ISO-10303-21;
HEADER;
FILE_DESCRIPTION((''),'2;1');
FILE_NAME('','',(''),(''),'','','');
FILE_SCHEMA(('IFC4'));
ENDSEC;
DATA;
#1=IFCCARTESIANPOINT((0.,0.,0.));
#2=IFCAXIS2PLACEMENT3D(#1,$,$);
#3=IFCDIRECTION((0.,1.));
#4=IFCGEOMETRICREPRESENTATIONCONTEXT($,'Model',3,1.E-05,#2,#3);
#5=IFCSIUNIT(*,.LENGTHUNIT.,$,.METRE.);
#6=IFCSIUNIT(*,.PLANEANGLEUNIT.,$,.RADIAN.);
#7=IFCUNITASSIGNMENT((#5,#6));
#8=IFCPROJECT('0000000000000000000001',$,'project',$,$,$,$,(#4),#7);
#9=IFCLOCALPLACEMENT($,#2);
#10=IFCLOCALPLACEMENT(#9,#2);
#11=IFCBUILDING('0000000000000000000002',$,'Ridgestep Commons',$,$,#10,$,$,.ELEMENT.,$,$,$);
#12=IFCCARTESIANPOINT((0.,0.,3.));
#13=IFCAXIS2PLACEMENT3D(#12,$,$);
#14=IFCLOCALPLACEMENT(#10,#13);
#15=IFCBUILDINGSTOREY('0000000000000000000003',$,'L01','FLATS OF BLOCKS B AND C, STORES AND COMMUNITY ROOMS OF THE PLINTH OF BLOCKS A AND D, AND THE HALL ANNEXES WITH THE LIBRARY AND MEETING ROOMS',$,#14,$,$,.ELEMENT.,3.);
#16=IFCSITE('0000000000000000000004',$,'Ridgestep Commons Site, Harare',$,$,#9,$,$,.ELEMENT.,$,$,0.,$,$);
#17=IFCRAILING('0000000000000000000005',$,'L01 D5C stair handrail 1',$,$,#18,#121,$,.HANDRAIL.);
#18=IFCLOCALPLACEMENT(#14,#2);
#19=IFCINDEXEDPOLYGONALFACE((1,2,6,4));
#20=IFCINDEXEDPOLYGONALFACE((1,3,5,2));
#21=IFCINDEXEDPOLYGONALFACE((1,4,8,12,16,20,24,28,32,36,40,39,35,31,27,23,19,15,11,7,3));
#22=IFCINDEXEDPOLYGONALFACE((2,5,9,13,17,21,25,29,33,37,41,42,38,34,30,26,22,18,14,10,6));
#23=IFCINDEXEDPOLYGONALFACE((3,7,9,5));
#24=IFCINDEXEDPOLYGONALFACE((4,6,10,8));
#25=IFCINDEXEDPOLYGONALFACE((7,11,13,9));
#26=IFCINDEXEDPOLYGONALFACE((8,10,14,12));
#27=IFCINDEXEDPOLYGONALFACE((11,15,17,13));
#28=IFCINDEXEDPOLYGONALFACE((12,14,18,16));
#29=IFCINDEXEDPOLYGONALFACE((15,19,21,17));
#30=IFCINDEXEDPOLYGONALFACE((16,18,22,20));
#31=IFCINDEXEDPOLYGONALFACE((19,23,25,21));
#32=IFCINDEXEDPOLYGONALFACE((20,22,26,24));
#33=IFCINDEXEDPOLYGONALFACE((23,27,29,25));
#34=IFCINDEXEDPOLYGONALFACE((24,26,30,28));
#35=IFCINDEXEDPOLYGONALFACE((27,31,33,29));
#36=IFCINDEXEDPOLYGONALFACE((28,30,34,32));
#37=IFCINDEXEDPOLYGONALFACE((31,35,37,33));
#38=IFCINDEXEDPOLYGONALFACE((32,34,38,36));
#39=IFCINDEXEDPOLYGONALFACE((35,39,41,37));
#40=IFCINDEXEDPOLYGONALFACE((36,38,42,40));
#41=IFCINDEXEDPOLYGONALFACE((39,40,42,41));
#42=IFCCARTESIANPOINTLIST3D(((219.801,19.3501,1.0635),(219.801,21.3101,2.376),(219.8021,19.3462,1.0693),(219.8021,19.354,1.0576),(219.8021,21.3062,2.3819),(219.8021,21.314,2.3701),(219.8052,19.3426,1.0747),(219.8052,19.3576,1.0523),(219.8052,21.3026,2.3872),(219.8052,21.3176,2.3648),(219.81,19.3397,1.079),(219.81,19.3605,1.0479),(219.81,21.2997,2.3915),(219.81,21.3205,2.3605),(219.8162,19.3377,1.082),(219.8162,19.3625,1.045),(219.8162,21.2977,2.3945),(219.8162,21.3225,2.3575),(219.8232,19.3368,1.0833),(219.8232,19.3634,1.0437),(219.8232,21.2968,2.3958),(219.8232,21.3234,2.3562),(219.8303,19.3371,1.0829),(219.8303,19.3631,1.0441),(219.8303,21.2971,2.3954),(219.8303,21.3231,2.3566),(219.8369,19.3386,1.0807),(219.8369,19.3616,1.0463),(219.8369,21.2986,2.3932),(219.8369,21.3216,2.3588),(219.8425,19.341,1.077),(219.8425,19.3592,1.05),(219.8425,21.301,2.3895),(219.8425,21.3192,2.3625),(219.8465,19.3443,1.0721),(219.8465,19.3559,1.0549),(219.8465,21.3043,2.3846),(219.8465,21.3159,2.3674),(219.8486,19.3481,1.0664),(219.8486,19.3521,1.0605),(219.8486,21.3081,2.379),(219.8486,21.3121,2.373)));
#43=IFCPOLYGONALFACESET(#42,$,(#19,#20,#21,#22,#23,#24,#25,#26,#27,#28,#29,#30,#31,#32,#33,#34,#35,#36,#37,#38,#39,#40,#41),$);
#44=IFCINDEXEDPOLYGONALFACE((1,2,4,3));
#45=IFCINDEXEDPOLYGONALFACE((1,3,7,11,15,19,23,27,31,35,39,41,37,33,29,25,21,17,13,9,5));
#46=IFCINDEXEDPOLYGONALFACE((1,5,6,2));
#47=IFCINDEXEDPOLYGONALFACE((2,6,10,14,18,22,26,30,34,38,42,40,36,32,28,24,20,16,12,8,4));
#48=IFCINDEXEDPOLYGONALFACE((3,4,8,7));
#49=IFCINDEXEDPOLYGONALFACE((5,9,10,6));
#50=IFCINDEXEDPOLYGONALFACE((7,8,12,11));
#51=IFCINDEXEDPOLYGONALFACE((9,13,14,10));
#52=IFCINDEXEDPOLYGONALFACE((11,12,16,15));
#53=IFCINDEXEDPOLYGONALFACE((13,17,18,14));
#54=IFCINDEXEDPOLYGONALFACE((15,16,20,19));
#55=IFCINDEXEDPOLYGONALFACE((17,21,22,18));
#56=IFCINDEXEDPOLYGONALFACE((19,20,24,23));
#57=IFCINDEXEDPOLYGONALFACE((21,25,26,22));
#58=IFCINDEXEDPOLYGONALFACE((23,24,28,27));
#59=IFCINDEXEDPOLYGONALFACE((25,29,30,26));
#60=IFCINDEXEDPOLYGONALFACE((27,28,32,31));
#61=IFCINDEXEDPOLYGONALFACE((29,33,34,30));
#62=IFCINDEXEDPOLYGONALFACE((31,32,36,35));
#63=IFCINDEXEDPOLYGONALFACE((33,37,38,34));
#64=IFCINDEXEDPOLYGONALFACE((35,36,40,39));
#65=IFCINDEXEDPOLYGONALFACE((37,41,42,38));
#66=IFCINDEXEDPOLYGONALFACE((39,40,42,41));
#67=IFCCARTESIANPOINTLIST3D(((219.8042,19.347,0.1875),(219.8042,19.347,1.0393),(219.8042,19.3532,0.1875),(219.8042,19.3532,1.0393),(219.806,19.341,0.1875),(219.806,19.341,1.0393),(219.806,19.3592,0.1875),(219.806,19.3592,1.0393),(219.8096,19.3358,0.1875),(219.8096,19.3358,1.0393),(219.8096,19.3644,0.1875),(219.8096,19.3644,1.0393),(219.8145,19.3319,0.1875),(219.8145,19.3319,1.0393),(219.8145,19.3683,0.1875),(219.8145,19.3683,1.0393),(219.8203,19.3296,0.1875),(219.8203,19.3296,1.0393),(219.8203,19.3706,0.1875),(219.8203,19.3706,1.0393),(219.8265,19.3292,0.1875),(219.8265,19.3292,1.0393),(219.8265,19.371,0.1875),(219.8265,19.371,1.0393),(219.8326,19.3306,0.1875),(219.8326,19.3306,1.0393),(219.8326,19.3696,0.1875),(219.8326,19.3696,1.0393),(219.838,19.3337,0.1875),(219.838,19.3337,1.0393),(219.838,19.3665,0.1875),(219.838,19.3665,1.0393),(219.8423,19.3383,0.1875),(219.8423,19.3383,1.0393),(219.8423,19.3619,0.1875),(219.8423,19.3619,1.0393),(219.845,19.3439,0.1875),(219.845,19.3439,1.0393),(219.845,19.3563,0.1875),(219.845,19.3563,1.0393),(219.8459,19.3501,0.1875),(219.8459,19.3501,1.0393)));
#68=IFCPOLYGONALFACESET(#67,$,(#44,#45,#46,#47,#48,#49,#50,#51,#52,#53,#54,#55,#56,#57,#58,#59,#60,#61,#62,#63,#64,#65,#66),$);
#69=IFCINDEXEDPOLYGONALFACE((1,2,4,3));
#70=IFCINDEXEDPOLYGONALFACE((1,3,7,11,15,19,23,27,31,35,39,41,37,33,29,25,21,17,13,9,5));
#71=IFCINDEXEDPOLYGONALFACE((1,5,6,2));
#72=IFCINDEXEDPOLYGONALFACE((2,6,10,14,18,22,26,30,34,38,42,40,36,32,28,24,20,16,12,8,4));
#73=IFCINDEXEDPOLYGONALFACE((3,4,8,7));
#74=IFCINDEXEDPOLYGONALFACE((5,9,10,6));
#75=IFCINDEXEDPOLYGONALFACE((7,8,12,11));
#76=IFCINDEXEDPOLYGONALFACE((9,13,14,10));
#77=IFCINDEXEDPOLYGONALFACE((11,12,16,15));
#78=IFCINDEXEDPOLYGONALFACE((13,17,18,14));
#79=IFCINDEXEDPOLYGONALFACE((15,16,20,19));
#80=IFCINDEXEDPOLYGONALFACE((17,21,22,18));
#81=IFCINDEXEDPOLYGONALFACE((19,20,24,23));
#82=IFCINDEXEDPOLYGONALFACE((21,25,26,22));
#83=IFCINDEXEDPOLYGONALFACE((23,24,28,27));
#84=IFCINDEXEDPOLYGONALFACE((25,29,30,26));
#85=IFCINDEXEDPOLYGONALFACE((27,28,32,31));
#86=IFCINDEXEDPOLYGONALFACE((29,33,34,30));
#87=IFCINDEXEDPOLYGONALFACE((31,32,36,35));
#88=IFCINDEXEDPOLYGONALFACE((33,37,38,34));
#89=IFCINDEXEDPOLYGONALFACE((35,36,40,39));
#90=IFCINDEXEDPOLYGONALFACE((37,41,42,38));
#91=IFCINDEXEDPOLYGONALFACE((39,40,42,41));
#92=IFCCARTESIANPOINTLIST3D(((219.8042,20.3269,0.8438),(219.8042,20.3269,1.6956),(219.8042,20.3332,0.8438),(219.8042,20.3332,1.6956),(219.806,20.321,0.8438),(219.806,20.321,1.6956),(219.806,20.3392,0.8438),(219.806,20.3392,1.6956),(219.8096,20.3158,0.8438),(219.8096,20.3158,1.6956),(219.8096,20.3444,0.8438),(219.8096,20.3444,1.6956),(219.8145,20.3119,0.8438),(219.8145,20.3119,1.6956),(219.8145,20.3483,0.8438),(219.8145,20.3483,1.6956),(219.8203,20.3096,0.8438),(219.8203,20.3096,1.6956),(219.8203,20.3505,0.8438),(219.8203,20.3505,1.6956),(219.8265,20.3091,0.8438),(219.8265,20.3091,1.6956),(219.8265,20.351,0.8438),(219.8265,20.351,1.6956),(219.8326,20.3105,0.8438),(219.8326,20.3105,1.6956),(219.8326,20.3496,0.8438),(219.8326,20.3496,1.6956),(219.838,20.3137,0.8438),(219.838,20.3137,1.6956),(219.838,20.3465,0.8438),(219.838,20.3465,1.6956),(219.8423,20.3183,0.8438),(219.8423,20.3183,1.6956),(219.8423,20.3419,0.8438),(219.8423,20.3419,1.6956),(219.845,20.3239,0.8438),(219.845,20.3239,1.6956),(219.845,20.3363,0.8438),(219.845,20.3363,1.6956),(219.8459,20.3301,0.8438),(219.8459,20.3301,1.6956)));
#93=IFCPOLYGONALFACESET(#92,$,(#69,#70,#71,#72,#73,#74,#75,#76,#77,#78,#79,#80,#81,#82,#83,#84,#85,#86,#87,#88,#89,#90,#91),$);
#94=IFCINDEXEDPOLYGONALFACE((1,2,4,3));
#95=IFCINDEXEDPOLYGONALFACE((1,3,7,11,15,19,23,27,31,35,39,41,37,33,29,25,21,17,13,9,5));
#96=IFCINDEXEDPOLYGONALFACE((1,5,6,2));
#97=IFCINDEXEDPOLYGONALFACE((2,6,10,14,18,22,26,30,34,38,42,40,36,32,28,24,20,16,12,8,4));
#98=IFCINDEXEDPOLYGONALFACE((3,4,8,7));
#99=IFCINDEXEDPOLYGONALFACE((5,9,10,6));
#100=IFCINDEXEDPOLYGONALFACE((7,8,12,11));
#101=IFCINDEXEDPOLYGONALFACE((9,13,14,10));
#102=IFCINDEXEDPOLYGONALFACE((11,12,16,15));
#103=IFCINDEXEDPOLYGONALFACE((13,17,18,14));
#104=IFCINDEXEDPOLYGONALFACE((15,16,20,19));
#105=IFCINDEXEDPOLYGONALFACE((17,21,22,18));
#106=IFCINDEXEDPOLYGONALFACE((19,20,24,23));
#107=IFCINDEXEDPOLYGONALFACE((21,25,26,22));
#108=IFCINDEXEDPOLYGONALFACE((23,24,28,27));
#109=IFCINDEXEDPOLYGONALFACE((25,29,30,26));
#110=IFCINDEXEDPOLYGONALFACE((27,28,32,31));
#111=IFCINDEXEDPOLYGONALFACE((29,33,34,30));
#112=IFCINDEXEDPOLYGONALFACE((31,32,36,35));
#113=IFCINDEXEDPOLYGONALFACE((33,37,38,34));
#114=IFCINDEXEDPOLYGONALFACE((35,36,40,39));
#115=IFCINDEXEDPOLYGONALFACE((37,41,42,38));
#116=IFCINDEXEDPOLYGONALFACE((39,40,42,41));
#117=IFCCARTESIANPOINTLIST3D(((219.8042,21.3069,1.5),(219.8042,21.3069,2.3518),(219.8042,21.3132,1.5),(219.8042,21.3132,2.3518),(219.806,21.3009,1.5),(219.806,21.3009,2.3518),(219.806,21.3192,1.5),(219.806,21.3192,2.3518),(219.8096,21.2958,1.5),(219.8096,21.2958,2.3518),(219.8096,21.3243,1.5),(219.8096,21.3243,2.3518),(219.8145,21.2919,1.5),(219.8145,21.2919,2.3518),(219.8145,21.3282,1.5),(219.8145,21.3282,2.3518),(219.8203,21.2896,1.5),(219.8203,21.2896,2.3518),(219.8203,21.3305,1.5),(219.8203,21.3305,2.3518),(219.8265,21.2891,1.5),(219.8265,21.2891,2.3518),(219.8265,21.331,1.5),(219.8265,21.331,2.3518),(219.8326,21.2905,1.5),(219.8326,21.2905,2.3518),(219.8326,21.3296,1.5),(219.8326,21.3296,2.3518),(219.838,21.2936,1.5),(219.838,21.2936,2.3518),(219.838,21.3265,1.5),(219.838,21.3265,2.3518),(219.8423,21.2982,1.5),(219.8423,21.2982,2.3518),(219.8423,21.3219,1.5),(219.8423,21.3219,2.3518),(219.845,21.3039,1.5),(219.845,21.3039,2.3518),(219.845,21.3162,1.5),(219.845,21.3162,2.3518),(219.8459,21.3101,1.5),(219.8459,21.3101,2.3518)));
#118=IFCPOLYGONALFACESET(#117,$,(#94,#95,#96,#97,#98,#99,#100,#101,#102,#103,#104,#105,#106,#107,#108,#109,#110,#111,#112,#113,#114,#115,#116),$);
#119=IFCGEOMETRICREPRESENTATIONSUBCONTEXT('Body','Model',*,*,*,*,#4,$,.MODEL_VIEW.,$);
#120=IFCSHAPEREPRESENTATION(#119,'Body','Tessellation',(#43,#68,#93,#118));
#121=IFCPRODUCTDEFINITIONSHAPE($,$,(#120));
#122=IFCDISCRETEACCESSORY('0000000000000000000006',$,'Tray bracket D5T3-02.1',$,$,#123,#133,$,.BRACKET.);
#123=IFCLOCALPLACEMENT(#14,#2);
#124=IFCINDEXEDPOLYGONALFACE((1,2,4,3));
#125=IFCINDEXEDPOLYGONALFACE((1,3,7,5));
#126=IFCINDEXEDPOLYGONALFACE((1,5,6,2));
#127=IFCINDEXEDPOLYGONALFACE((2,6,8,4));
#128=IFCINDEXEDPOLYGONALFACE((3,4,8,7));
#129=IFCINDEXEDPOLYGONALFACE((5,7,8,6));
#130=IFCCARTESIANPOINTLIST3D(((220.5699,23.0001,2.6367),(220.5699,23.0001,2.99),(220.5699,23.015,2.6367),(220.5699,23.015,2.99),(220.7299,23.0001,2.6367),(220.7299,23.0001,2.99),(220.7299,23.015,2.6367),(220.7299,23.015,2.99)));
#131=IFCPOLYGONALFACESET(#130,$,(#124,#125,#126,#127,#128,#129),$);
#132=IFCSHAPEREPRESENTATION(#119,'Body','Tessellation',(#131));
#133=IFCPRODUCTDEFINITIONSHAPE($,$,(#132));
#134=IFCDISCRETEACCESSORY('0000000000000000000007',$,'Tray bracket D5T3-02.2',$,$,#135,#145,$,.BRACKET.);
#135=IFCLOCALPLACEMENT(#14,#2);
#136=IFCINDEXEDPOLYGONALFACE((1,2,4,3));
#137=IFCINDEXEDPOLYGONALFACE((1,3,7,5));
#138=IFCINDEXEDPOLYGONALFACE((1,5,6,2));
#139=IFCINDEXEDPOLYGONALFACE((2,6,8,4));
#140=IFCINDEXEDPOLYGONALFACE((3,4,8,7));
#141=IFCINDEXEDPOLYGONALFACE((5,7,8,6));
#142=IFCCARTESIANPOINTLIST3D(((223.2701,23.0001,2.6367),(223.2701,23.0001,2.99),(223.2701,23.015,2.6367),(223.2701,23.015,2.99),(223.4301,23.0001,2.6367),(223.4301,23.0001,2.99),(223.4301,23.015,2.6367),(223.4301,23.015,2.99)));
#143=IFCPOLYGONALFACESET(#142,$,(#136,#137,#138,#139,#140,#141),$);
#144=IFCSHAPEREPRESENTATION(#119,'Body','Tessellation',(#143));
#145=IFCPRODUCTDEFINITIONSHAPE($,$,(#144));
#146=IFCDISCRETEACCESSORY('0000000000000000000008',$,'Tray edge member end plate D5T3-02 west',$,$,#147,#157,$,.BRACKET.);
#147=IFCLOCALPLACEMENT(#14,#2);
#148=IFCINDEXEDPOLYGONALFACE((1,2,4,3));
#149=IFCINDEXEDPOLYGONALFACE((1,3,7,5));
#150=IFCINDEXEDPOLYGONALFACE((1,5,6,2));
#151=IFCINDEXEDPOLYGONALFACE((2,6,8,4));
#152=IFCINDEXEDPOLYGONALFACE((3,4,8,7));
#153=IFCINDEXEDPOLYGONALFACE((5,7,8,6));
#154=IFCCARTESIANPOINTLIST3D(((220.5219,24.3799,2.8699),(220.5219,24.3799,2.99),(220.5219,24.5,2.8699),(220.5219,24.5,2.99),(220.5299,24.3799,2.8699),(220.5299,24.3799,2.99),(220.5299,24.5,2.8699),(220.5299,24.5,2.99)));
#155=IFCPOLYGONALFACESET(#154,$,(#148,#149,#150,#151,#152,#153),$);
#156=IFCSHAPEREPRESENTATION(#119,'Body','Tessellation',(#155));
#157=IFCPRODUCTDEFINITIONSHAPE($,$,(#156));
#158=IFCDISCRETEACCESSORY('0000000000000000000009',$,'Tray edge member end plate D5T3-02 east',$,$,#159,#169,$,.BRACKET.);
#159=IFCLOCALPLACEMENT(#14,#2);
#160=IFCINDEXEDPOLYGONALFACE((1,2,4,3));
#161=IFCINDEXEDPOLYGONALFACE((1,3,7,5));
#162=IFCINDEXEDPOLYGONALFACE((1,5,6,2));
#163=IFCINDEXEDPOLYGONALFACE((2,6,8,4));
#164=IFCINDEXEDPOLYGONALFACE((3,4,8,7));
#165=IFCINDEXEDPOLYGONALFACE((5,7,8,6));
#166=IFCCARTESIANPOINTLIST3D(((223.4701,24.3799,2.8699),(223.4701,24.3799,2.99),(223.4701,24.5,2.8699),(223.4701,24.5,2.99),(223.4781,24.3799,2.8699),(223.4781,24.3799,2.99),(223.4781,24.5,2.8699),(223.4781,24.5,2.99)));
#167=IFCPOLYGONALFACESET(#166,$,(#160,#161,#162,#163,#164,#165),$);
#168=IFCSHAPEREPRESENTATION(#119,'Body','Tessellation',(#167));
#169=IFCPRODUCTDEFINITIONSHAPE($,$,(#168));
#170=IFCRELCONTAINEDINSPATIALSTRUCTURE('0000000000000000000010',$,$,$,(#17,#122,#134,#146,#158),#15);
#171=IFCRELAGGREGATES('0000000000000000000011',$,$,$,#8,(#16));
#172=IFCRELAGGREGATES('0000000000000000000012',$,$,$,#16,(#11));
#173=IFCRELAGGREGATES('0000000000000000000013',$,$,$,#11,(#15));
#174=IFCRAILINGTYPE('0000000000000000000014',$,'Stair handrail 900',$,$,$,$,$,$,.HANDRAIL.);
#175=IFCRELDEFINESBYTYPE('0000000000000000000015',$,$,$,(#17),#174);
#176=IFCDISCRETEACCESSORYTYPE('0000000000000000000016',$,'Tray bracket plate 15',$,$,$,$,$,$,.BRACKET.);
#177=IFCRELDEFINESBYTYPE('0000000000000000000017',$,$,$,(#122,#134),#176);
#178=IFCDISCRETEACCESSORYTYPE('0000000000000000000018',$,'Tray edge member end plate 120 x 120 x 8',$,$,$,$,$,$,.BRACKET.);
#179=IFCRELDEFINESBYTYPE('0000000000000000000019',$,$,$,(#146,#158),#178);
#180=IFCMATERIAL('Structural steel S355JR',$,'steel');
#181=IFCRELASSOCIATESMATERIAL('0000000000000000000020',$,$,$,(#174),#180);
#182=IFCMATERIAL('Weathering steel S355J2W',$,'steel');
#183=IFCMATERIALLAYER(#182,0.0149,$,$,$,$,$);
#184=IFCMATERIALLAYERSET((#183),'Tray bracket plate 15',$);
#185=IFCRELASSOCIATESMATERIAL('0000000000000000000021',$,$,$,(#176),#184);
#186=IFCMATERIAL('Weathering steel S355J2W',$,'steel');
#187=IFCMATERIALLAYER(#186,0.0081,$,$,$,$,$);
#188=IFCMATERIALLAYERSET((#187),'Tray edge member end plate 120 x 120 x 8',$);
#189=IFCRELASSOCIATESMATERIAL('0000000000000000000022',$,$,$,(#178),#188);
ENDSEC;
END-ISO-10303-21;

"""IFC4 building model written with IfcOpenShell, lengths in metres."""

from ifc_helpers import new_model, si_unit, direction, frame, origin, origin_2d, place, context, subcontext, project, spatial, rectangle, circle, extrude, material, layer, layer_set, type_object, element, save


model = new_model("IFC4")

# Units and contexts
model_context = context("Model", 3, precision=1e-05, world=origin(), true_north=direction((0.0, 1.0)))
body_context = subcontext(model_context, "Body", "Model", "MODEL_VIEW")
ifc_project = project(units=[si_unit("LENGTHUNIT", "METRE"), si_unit("PLANEANGLEUNIT", "RADIAN")], contexts=[model_context])

# Site, building, storey
site_placement = place(None, origin())
site = spatial("IfcSite", under=ifc_project, at=site_placement, Name="Ridgestep Commons Site, Harare", CompositionType="ELEMENT", RefElevation=0.0)
building_placement = place(site_placement, origin())
building = spatial("IfcBuilding", under=site, at=building_placement, Name="Ridgestep Commons", CompositionType="ELEMENT")
storey_placement = place(building_placement, frame((0.0, 0.0, 3.0)))
storey = spatial("IfcBuildingStorey", under=building, at=storey_placement, Name="L01", Description="FLATS OF BLOCKS B AND C, STORES AND COMMUNITY ROOMS OF THE PLINTH OF BLOCKS A AND D, AND THE HALL ANNEXES WITH THE LIBRARY AND MEETING ROOMS", CompositionType="ELEMENT", Elevation=3.0)

# Railing
ifc_material_1 = material(Name="Structural steel S355JR", Category="steel")
railing_type_1 = type_object("IfcRailingType", Name="Stair handrail 900", PredefinedType="HANDRAIL", material=ifc_material_1)
railing_1_placement = place(storey_placement, frame((219.825, 19.3501, 0.1875)))
element("IfcRailing", 1, at=railing_1_placement, inside=storey, type_object=railing_type_1, Name="L01 D5C stair handrail 1", PredefinedType="HANDRAIL", context=body_context, shape_type="SweptSolid", body=[
    extrude(circle(Radius=0.0239, at=origin_2d()), frame((0.0, 0.0, 0.876), z_axis=(0.0, 0.830902, 0.556419), x_axis=(-1.0, 0.0, 0.0)), (0.0, 0.0, 1.0), 2.3589),
    extrude(circle(Radius=0.021, at=origin_2d()), origin(), (0.0, 0.0, 1.0), 0.8518),
    extrude(circle(Radius=0.021, at=origin_2d()), frame((0.0, 0.98, 0.6562)), (0.0, 0.0, 1.0), 0.8518),
    extrude(circle(Radius=0.021, at=origin_2d()), frame((0.0, 1.96, 1.3125)), (0.0, 0.0, 1.0), 0.8518),
])

# Discrete accessories
ifc_material_2 = material(Name="Weathering steel S355J2W", Category="steel")
ifc_layer_1 = layer(ifc_material_2, 0.0149)
ifc_layer_set_1 = layer_set([ifc_layer_1], Name="Tray bracket plate 15")
discrete_accessory_type_1 = type_object("IfcDiscreteAccessoryType", Name="Tray bracket plate 15", PredefinedType="BRACKET", material=ifc_layer_set_1)
for number, where, z_axis, x_axis, name in (
    (2, (220.6499, 23.0076, 2.6367), (0.0, 0.0, 1.0), (1.0, 0.0, 0.0), "Tray bracket D5T3-02.1"),
    (3, (223.3501, 23.0076, 2.6367), (0.0, 0.0, 1.0), (1.0, 0.0, 0.0), "Tray bracket D5T3-02.2"),
):
    element("IfcDiscreteAccessory", number, at=place(storey_placement, frame(where, z_axis=z_axis, x_axis=x_axis)), inside=storey, type_object=discrete_accessory_type_1, Name=name, PredefinedType="BRACKET", context=body_context, shape_type="SweptSolid", body=[
        extrude(rectangle(XDim=0.1599, YDim=0.0149, at=origin_2d()), origin(), (0.0, 0.0, 1.0), 0.3533),
    ])
ifc_material_3 = material(Name="Weathering steel S355J2W", Category="steel")
ifc_layer_2 = layer(ifc_material_3, 0.0081)
ifc_layer_set_2 = layer_set([ifc_layer_2], Name="Tray edge member end plate 120 x 120 x 8")
discrete_accessory_type_2 = type_object("IfcDiscreteAccessoryType", Name="Tray edge member end plate 120 x 120 x 8", PredefinedType="BRACKET", material=ifc_layer_set_2)
for number, where, z_axis, x_axis, name in (
    (4, (220.5259, 24.4399, 2.8699), (0.0, 0.0, 1.0), (1.0, 0.0, 0.0), "Tray edge member end plate D5T3-02 west"),
    (5, (223.4741, 24.4399, 2.8699), (0.0, 0.0, 1.0), (1.0, 0.0, 0.0), "Tray edge member end plate D5T3-02 east"),
):
    element("IfcDiscreteAccessory", number, at=place(storey_placement, frame(where, z_axis=z_axis, x_axis=x_axis)), inside=storey, type_object=discrete_accessory_type_2, Name=name, PredefinedType="BRACKET", context=body_context, shape_type="SweptSolid", body=[
        extrude(rectangle(XDim=0.0081, YDim=0.1201, at=origin_2d()), origin(), (0.0, 0.0, 1.0), 0.1201),
    ])

save(model, "model.ifc")
